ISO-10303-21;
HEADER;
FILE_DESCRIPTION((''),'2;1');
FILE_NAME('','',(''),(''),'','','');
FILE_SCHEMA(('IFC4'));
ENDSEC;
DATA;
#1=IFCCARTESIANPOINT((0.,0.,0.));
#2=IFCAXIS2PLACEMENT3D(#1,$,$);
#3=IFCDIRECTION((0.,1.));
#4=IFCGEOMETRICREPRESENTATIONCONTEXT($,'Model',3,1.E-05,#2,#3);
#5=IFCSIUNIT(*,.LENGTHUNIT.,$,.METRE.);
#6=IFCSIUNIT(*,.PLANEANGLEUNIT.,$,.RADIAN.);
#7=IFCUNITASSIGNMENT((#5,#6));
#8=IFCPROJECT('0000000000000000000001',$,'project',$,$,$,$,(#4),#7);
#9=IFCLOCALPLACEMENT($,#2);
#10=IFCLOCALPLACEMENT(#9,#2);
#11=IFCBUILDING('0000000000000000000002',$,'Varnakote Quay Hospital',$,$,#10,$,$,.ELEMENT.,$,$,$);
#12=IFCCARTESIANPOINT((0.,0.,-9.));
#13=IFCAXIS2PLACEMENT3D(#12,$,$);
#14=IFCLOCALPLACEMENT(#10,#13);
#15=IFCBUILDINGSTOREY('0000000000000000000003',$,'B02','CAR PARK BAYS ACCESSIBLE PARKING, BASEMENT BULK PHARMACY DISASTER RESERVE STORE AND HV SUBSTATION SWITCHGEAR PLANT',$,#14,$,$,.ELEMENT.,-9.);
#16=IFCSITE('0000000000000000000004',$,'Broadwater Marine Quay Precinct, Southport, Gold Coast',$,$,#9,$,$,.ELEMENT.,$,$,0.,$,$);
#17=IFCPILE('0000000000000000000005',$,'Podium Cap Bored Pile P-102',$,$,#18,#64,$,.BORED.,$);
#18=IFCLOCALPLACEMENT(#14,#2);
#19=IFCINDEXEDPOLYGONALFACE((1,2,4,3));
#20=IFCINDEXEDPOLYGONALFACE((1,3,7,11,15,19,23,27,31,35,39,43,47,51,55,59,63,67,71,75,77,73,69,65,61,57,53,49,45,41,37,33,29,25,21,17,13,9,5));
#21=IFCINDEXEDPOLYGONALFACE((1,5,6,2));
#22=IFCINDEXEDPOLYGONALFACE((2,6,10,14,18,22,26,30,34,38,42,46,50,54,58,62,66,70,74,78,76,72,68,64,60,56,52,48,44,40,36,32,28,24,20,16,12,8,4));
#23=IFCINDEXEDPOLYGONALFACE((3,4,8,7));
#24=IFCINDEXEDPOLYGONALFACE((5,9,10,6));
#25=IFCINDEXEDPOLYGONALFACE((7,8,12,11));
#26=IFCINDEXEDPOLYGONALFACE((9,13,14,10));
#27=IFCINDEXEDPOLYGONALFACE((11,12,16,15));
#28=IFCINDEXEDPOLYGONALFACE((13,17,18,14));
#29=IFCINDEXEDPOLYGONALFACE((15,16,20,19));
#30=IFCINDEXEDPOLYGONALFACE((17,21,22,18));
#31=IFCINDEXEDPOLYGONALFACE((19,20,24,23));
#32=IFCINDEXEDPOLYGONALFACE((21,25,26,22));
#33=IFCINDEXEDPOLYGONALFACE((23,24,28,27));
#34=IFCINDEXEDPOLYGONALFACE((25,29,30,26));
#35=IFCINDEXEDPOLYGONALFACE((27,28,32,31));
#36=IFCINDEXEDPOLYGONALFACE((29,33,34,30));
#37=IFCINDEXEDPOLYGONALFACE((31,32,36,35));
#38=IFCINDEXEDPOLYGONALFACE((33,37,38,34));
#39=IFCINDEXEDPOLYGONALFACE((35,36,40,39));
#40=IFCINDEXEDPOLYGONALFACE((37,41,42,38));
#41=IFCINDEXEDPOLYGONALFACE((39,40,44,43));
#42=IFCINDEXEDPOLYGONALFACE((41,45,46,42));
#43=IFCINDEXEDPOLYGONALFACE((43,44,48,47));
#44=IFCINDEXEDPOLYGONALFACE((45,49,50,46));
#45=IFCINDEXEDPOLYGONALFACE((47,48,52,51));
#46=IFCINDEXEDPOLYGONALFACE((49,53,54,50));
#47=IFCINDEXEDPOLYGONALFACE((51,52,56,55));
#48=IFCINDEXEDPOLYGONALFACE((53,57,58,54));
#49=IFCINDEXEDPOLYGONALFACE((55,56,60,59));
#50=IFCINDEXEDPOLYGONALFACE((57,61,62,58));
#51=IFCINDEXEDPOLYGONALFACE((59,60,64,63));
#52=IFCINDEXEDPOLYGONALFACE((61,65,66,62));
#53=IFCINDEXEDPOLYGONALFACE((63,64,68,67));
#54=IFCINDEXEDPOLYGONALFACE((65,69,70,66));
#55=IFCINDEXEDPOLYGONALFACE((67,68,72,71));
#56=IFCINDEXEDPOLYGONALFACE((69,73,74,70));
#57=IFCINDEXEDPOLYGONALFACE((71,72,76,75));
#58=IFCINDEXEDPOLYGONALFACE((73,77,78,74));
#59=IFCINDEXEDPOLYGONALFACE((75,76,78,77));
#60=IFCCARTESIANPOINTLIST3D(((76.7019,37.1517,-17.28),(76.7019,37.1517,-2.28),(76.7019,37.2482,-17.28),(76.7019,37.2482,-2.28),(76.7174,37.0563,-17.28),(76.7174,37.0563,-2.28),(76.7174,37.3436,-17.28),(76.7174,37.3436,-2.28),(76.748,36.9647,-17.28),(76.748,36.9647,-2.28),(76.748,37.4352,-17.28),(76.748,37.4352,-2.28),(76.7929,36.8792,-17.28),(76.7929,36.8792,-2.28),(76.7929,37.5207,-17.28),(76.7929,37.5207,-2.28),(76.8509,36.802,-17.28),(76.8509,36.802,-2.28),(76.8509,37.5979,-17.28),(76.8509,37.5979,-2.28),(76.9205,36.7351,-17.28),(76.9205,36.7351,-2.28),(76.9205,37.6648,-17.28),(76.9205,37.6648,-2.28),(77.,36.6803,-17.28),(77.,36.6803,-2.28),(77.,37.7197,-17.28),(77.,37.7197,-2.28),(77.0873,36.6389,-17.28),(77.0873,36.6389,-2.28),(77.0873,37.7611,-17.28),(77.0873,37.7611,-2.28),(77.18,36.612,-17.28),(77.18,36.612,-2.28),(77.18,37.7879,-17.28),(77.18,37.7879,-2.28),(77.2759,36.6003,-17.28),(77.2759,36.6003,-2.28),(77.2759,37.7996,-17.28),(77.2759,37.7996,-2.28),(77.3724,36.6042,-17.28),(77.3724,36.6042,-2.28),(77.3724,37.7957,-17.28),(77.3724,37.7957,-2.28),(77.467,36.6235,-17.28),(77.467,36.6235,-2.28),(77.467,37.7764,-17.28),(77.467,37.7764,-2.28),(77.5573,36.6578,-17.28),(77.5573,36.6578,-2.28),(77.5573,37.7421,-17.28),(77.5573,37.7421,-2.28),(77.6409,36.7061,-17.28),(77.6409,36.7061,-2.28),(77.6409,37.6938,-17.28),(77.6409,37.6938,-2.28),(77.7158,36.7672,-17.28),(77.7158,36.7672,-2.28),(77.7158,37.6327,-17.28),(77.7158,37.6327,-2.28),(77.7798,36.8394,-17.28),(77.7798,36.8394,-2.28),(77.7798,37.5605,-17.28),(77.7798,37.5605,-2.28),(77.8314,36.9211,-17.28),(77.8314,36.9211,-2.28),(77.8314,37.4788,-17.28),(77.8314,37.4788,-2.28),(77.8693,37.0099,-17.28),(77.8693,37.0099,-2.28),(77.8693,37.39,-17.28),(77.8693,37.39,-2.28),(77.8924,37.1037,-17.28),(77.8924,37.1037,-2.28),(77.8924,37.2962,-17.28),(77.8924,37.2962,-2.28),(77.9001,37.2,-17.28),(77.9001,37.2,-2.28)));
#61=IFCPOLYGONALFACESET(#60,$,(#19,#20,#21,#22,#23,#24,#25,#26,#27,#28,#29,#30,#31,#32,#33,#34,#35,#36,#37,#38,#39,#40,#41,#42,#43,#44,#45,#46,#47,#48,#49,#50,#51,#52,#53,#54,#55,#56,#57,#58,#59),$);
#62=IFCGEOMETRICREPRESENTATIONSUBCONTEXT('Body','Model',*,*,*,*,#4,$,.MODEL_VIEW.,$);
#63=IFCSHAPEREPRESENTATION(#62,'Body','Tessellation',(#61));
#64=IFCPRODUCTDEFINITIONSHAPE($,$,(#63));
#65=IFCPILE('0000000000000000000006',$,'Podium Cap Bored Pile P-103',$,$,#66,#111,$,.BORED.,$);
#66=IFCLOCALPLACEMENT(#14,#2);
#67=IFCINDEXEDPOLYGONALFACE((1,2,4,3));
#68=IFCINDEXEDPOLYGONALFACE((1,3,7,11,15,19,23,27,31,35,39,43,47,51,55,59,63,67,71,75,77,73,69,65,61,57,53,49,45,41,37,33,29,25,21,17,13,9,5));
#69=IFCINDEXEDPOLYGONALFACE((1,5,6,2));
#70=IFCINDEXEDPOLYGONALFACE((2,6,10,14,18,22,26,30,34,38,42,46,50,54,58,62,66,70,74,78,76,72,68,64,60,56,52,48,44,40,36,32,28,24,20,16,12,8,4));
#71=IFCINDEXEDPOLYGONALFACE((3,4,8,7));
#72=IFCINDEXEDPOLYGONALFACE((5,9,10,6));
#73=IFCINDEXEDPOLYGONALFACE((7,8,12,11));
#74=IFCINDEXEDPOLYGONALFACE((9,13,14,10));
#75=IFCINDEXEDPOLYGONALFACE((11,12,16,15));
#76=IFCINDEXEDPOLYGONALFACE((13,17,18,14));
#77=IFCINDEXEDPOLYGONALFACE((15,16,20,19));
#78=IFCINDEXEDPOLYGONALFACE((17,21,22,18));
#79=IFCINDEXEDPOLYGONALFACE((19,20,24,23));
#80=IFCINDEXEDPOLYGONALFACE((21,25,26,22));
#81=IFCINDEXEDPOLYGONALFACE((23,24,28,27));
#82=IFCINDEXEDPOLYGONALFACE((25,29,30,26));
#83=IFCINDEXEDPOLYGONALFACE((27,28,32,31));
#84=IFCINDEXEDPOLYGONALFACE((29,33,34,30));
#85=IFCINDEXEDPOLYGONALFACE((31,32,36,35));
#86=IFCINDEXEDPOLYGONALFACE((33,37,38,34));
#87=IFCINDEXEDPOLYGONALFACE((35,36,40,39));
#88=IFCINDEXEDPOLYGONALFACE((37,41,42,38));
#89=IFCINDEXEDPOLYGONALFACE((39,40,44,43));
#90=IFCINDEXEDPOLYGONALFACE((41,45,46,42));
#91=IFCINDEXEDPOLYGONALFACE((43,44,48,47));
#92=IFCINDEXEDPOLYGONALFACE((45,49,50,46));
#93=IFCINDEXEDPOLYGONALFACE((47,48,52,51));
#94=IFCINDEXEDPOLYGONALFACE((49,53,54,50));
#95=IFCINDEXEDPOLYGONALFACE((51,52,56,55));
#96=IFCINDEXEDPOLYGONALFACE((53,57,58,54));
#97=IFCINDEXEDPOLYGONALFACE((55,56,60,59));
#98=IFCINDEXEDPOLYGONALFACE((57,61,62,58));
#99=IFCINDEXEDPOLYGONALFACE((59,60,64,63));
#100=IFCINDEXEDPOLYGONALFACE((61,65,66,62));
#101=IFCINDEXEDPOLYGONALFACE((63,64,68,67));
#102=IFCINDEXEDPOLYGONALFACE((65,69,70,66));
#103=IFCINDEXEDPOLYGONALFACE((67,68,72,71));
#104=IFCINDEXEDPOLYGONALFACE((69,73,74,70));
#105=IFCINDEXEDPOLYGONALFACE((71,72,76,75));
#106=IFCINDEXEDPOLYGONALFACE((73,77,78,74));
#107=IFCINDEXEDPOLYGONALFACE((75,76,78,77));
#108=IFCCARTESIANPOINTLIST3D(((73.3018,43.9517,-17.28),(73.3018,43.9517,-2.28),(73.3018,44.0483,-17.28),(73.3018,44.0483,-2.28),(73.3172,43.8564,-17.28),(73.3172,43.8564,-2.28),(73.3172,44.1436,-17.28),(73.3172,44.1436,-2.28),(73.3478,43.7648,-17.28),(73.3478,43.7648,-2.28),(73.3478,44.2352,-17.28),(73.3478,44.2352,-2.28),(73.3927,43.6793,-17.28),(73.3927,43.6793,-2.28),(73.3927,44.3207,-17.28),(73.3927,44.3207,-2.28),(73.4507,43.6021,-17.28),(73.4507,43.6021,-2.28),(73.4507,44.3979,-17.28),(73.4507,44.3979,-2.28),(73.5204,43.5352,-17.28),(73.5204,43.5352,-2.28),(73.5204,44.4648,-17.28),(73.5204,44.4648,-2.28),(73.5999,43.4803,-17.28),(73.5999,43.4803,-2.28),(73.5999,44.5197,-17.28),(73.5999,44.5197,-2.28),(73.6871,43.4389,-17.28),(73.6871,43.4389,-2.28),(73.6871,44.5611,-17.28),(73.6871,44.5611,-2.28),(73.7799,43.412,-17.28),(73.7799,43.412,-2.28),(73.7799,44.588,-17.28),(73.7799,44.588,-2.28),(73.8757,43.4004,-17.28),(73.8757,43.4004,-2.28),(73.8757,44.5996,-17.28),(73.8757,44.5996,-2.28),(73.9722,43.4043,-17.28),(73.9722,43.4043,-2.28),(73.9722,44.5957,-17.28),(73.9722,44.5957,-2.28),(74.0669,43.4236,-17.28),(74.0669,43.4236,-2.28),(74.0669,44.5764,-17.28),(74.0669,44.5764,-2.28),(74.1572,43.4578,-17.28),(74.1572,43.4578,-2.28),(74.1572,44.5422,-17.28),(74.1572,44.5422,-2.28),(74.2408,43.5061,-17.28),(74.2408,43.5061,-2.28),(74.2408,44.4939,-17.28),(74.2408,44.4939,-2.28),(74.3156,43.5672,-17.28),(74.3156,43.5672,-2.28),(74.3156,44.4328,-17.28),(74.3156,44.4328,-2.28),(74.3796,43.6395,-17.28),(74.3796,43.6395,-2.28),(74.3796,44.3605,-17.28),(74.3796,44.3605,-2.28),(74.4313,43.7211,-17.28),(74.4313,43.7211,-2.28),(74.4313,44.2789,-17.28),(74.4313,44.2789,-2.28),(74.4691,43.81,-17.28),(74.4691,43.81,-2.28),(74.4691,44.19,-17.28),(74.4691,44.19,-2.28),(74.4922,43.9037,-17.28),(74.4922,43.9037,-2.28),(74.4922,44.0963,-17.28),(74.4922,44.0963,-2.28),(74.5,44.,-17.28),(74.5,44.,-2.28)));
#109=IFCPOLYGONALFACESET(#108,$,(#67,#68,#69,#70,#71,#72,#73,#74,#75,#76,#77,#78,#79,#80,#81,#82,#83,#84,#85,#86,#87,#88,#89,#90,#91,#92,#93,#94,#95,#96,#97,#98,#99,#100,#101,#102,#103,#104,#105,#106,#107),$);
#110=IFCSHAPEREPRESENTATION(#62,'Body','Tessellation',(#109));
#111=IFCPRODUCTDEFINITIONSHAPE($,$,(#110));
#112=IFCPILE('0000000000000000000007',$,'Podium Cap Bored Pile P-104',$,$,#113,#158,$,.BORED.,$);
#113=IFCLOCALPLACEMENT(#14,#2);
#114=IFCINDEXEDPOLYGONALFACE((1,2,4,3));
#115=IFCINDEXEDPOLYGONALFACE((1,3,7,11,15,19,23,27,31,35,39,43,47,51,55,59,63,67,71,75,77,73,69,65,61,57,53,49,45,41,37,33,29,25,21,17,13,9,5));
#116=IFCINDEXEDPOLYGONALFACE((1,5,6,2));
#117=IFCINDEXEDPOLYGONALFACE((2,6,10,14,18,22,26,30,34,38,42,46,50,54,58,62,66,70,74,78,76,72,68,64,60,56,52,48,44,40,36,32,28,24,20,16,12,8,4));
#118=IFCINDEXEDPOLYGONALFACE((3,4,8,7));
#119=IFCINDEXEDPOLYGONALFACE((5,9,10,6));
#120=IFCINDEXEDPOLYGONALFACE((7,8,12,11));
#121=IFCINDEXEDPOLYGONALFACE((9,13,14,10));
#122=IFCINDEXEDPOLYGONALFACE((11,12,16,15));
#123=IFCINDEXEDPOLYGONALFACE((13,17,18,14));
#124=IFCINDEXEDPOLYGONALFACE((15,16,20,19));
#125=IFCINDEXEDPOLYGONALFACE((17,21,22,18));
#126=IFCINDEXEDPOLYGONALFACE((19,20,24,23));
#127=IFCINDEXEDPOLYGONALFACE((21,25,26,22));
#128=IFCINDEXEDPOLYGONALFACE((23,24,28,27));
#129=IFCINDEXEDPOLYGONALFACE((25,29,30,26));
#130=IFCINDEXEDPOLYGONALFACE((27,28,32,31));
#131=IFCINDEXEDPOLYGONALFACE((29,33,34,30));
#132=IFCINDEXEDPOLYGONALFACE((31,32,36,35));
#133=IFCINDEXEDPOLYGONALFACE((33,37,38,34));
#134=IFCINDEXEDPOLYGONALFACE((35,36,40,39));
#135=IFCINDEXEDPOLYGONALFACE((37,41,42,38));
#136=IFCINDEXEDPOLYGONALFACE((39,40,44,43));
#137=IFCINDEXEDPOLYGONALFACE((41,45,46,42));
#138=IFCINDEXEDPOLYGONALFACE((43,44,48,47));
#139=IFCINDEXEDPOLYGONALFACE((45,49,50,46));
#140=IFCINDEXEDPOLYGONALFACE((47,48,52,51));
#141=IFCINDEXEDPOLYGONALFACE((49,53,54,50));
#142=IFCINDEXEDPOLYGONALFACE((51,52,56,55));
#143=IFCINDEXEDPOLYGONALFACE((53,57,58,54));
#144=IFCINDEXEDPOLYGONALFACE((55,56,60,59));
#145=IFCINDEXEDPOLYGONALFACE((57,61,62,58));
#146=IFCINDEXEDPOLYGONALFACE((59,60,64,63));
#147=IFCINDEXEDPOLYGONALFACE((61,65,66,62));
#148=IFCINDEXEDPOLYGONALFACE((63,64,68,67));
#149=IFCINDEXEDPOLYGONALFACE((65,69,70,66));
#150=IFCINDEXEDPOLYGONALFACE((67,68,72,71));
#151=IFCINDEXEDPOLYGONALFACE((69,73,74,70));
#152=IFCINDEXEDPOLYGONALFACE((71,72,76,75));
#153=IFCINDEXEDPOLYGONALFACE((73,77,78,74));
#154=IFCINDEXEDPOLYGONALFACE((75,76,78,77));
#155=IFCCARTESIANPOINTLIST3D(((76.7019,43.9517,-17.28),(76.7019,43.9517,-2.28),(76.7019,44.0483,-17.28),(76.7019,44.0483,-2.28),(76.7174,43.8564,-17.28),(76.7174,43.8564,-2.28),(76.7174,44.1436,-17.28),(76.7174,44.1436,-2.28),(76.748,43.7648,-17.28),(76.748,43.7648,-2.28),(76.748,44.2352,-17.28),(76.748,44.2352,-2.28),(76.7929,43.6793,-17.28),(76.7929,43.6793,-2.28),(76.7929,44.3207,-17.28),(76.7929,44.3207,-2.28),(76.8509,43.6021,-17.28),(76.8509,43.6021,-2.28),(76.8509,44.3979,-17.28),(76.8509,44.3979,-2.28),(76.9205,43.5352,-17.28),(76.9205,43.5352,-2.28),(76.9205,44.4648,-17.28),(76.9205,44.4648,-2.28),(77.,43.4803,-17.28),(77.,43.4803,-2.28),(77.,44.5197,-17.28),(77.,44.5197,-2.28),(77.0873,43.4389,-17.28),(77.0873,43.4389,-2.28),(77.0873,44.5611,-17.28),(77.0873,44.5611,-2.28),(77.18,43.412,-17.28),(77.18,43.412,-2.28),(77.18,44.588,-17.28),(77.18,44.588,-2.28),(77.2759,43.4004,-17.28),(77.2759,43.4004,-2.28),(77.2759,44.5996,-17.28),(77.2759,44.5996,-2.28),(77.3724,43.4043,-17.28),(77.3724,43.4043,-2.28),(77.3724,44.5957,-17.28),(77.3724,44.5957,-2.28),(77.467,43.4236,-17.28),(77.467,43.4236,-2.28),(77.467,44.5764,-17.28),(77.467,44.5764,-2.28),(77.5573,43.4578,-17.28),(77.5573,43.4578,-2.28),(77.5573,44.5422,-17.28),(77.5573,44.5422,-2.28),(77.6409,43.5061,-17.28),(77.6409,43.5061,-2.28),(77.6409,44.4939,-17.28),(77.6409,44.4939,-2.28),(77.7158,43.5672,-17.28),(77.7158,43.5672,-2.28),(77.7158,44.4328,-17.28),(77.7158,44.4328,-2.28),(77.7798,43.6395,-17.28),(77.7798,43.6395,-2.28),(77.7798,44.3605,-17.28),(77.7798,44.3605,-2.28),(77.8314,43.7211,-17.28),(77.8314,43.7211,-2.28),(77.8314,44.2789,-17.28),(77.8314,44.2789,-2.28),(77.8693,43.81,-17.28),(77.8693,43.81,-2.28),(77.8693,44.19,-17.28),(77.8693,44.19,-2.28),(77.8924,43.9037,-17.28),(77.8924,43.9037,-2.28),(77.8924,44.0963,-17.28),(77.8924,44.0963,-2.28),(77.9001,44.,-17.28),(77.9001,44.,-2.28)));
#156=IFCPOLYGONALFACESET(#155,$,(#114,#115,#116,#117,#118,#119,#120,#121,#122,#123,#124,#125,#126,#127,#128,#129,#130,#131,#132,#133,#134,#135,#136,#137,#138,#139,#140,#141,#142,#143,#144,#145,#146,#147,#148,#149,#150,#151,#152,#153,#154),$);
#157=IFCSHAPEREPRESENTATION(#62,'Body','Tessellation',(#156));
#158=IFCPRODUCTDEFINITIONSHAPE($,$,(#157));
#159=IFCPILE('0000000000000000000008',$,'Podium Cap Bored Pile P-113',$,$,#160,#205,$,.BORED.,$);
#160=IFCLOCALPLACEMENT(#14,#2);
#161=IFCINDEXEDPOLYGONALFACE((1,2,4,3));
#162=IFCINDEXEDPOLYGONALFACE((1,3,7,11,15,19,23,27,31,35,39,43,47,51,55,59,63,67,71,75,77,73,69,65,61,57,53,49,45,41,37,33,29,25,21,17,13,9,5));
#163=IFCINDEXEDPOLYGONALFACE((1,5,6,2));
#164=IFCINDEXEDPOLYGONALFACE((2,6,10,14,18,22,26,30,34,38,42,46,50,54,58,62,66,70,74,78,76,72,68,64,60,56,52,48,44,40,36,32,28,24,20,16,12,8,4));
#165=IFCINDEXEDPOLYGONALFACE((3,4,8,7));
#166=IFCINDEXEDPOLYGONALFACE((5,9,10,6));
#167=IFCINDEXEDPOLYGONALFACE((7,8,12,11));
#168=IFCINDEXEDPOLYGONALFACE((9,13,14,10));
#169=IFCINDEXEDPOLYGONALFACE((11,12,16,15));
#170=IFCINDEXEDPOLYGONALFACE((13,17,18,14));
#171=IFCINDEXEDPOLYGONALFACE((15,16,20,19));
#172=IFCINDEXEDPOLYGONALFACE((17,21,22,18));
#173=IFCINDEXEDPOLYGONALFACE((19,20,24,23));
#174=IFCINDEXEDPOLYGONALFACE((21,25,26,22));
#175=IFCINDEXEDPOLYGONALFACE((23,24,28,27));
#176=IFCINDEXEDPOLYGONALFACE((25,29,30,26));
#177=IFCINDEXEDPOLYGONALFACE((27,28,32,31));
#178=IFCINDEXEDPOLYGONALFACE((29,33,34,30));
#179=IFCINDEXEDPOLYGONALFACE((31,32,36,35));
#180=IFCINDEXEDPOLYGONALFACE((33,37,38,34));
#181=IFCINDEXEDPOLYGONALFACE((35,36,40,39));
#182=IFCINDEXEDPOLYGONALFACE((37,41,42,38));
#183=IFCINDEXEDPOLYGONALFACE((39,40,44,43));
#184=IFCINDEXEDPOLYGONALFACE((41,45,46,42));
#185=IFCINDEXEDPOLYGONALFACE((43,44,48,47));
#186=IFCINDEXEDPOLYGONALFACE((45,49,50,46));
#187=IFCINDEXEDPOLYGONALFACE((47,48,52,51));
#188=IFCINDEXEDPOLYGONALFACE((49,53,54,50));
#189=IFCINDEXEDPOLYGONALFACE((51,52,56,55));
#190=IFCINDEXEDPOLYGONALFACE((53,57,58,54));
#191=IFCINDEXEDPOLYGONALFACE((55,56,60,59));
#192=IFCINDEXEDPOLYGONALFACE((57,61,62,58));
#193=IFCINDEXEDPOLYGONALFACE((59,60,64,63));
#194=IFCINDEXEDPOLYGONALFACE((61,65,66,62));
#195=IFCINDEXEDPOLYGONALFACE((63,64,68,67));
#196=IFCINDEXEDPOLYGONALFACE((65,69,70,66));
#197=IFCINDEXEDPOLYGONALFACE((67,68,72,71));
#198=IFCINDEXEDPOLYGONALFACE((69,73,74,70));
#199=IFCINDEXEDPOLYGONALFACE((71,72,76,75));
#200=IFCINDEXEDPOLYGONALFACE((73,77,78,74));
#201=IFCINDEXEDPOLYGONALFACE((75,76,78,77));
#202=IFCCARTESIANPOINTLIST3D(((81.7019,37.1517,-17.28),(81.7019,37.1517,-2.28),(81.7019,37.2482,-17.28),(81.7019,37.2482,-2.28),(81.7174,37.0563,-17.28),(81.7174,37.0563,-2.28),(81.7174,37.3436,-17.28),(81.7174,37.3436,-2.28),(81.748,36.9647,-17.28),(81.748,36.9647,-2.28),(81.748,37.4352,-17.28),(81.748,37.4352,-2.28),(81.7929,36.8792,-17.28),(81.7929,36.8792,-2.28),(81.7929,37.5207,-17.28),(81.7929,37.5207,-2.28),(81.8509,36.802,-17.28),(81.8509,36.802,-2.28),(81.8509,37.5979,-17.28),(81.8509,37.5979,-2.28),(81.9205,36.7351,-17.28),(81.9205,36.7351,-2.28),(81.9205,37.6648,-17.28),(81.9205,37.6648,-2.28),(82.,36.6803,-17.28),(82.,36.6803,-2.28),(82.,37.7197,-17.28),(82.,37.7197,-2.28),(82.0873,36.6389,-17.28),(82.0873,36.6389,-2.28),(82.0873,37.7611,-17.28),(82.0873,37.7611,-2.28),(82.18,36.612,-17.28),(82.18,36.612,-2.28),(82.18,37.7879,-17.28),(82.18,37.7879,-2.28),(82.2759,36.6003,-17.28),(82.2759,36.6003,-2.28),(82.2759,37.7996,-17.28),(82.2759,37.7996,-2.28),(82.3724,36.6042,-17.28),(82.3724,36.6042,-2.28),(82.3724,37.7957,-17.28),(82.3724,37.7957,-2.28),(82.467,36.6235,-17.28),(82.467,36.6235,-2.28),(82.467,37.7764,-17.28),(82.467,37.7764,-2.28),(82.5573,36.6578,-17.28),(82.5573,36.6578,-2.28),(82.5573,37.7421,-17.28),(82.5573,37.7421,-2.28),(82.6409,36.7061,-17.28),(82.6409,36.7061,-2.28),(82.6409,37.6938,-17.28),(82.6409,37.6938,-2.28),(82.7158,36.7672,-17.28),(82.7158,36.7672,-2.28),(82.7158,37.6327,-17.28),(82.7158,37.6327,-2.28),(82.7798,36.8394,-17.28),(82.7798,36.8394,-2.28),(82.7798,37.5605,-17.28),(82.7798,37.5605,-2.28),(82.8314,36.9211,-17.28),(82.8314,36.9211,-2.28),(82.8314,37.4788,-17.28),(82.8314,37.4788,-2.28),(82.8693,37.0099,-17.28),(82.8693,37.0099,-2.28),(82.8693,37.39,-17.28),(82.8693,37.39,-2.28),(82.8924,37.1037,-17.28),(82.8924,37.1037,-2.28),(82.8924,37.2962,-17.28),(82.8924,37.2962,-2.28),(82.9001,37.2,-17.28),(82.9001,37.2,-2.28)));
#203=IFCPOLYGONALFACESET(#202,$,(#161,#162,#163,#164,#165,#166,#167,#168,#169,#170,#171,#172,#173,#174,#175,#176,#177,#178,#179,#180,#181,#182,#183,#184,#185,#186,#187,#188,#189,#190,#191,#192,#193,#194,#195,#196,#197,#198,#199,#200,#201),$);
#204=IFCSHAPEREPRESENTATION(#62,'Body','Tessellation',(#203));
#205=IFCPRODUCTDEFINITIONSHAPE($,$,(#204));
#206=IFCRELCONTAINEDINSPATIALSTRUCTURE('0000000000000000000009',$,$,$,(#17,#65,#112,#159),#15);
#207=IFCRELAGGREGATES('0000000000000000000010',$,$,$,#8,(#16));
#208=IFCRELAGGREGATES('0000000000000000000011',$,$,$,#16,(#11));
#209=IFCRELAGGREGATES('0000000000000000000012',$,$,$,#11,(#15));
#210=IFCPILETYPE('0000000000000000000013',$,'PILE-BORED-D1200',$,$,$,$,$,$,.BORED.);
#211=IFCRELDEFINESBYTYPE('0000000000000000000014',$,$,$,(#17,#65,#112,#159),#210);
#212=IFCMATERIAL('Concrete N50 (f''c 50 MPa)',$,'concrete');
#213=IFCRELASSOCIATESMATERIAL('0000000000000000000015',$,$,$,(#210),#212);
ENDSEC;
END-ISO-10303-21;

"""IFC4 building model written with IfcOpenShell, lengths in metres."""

from ifc_helpers import new_model, si_unit, direction, frame, origin, origin_2d, place, context, subcontext, project, spatial, circle, extrude, material, material_profile, profile_set, type_object, element, save


model = new_model("IFC4")

# Units and contexts
model_context = context("Model", 3, precision=1e-05, world=origin(), true_north=direction((0.0, 1.0)))
body_context = subcontext(model_context, "Body", "Model", "MODEL_VIEW")
ifc_project = project(units=[si_unit("LENGTHUNIT", "METRE"), si_unit("PLANEANGLEUNIT", "RADIAN")], contexts=[model_context])

# Site, building, storey
site_placement = place(None, origin())
site = spatial("IfcSite", under=ifc_project, at=site_placement, Name="Broadwater Marine Quay Precinct, Southport, Gold Coast", CompositionType="ELEMENT", RefElevation=0.0)
building_placement = place(site_placement, origin())
building = spatial("IfcBuilding", under=site, at=building_placement, Name="Varnakote Quay Hospital", CompositionType="ELEMENT")
storey_placement = place(building_placement, frame((0.0, 0.0, -9.0)))
storey = spatial("IfcBuildingStorey", under=building, at=storey_placement, Name="B02", Description="CAR PARK BAYS ACCESSIBLE PARKING, BASEMENT BULK PHARMACY DISASTER RESERVE STORE AND HV SUBSTATION SWITCHGEAR PLANT", CompositionType="ELEMENT", Elevation=-9.0)

# Piles
ifc_material_1 = material(Name="Concrete N50 (f'c 50 MPa)", Category="concrete")
ifc_material_profile_1 = material_profile(ifc_material_1, circle(Radius=0.6001, at=origin_2d()), Name="PILE-D1200")
ifc_profile_set_1 = profile_set([ifc_material_profile_1], Name="Concrete N50 (f'c 50 MPa)")
pile_type = type_object("IfcPileType", Name="PILE-BORED-D1200", PredefinedType="BORED", material=ifc_profile_set_1)
for number, where, z_axis, x_axis, name in (
    (1, (77.3, 37.2, -2.28), (0.0, 0.0, -1.0), (1.0, 0.0, 0.0), "Podium Cap Bored Pile P-102"),
    (2, (73.8999, 44.0, -2.28), (0.0, 0.0, -1.0), (1.0, 0.0, 0.0), "Podium Cap Bored Pile P-103"),
    (3, (77.3, 44.0, -2.28), (0.0, 0.0, -1.0), (1.0, 0.0, 0.0), "Podium Cap Bored Pile P-104"),
    (4, (82.3, 37.2, -2.28), (0.0, 0.0, -1.0), (1.0, 0.0, 0.0), "Podium Cap Bored Pile P-113"),
):
    element("IfcPile", number, at=place(storey_placement, frame(where, z_axis=z_axis, x_axis=x_axis)), inside=storey, type_object=pile_type, Name=name, PredefinedType="BORED", context=body_context, shape_type="SweptSolid", body=[
        extrude(circle(Radius=0.6001, at=origin_2d()), origin(), (0.0, 0.0, 1.0), 15.0),
    ])

save(model, "model.ifc")
